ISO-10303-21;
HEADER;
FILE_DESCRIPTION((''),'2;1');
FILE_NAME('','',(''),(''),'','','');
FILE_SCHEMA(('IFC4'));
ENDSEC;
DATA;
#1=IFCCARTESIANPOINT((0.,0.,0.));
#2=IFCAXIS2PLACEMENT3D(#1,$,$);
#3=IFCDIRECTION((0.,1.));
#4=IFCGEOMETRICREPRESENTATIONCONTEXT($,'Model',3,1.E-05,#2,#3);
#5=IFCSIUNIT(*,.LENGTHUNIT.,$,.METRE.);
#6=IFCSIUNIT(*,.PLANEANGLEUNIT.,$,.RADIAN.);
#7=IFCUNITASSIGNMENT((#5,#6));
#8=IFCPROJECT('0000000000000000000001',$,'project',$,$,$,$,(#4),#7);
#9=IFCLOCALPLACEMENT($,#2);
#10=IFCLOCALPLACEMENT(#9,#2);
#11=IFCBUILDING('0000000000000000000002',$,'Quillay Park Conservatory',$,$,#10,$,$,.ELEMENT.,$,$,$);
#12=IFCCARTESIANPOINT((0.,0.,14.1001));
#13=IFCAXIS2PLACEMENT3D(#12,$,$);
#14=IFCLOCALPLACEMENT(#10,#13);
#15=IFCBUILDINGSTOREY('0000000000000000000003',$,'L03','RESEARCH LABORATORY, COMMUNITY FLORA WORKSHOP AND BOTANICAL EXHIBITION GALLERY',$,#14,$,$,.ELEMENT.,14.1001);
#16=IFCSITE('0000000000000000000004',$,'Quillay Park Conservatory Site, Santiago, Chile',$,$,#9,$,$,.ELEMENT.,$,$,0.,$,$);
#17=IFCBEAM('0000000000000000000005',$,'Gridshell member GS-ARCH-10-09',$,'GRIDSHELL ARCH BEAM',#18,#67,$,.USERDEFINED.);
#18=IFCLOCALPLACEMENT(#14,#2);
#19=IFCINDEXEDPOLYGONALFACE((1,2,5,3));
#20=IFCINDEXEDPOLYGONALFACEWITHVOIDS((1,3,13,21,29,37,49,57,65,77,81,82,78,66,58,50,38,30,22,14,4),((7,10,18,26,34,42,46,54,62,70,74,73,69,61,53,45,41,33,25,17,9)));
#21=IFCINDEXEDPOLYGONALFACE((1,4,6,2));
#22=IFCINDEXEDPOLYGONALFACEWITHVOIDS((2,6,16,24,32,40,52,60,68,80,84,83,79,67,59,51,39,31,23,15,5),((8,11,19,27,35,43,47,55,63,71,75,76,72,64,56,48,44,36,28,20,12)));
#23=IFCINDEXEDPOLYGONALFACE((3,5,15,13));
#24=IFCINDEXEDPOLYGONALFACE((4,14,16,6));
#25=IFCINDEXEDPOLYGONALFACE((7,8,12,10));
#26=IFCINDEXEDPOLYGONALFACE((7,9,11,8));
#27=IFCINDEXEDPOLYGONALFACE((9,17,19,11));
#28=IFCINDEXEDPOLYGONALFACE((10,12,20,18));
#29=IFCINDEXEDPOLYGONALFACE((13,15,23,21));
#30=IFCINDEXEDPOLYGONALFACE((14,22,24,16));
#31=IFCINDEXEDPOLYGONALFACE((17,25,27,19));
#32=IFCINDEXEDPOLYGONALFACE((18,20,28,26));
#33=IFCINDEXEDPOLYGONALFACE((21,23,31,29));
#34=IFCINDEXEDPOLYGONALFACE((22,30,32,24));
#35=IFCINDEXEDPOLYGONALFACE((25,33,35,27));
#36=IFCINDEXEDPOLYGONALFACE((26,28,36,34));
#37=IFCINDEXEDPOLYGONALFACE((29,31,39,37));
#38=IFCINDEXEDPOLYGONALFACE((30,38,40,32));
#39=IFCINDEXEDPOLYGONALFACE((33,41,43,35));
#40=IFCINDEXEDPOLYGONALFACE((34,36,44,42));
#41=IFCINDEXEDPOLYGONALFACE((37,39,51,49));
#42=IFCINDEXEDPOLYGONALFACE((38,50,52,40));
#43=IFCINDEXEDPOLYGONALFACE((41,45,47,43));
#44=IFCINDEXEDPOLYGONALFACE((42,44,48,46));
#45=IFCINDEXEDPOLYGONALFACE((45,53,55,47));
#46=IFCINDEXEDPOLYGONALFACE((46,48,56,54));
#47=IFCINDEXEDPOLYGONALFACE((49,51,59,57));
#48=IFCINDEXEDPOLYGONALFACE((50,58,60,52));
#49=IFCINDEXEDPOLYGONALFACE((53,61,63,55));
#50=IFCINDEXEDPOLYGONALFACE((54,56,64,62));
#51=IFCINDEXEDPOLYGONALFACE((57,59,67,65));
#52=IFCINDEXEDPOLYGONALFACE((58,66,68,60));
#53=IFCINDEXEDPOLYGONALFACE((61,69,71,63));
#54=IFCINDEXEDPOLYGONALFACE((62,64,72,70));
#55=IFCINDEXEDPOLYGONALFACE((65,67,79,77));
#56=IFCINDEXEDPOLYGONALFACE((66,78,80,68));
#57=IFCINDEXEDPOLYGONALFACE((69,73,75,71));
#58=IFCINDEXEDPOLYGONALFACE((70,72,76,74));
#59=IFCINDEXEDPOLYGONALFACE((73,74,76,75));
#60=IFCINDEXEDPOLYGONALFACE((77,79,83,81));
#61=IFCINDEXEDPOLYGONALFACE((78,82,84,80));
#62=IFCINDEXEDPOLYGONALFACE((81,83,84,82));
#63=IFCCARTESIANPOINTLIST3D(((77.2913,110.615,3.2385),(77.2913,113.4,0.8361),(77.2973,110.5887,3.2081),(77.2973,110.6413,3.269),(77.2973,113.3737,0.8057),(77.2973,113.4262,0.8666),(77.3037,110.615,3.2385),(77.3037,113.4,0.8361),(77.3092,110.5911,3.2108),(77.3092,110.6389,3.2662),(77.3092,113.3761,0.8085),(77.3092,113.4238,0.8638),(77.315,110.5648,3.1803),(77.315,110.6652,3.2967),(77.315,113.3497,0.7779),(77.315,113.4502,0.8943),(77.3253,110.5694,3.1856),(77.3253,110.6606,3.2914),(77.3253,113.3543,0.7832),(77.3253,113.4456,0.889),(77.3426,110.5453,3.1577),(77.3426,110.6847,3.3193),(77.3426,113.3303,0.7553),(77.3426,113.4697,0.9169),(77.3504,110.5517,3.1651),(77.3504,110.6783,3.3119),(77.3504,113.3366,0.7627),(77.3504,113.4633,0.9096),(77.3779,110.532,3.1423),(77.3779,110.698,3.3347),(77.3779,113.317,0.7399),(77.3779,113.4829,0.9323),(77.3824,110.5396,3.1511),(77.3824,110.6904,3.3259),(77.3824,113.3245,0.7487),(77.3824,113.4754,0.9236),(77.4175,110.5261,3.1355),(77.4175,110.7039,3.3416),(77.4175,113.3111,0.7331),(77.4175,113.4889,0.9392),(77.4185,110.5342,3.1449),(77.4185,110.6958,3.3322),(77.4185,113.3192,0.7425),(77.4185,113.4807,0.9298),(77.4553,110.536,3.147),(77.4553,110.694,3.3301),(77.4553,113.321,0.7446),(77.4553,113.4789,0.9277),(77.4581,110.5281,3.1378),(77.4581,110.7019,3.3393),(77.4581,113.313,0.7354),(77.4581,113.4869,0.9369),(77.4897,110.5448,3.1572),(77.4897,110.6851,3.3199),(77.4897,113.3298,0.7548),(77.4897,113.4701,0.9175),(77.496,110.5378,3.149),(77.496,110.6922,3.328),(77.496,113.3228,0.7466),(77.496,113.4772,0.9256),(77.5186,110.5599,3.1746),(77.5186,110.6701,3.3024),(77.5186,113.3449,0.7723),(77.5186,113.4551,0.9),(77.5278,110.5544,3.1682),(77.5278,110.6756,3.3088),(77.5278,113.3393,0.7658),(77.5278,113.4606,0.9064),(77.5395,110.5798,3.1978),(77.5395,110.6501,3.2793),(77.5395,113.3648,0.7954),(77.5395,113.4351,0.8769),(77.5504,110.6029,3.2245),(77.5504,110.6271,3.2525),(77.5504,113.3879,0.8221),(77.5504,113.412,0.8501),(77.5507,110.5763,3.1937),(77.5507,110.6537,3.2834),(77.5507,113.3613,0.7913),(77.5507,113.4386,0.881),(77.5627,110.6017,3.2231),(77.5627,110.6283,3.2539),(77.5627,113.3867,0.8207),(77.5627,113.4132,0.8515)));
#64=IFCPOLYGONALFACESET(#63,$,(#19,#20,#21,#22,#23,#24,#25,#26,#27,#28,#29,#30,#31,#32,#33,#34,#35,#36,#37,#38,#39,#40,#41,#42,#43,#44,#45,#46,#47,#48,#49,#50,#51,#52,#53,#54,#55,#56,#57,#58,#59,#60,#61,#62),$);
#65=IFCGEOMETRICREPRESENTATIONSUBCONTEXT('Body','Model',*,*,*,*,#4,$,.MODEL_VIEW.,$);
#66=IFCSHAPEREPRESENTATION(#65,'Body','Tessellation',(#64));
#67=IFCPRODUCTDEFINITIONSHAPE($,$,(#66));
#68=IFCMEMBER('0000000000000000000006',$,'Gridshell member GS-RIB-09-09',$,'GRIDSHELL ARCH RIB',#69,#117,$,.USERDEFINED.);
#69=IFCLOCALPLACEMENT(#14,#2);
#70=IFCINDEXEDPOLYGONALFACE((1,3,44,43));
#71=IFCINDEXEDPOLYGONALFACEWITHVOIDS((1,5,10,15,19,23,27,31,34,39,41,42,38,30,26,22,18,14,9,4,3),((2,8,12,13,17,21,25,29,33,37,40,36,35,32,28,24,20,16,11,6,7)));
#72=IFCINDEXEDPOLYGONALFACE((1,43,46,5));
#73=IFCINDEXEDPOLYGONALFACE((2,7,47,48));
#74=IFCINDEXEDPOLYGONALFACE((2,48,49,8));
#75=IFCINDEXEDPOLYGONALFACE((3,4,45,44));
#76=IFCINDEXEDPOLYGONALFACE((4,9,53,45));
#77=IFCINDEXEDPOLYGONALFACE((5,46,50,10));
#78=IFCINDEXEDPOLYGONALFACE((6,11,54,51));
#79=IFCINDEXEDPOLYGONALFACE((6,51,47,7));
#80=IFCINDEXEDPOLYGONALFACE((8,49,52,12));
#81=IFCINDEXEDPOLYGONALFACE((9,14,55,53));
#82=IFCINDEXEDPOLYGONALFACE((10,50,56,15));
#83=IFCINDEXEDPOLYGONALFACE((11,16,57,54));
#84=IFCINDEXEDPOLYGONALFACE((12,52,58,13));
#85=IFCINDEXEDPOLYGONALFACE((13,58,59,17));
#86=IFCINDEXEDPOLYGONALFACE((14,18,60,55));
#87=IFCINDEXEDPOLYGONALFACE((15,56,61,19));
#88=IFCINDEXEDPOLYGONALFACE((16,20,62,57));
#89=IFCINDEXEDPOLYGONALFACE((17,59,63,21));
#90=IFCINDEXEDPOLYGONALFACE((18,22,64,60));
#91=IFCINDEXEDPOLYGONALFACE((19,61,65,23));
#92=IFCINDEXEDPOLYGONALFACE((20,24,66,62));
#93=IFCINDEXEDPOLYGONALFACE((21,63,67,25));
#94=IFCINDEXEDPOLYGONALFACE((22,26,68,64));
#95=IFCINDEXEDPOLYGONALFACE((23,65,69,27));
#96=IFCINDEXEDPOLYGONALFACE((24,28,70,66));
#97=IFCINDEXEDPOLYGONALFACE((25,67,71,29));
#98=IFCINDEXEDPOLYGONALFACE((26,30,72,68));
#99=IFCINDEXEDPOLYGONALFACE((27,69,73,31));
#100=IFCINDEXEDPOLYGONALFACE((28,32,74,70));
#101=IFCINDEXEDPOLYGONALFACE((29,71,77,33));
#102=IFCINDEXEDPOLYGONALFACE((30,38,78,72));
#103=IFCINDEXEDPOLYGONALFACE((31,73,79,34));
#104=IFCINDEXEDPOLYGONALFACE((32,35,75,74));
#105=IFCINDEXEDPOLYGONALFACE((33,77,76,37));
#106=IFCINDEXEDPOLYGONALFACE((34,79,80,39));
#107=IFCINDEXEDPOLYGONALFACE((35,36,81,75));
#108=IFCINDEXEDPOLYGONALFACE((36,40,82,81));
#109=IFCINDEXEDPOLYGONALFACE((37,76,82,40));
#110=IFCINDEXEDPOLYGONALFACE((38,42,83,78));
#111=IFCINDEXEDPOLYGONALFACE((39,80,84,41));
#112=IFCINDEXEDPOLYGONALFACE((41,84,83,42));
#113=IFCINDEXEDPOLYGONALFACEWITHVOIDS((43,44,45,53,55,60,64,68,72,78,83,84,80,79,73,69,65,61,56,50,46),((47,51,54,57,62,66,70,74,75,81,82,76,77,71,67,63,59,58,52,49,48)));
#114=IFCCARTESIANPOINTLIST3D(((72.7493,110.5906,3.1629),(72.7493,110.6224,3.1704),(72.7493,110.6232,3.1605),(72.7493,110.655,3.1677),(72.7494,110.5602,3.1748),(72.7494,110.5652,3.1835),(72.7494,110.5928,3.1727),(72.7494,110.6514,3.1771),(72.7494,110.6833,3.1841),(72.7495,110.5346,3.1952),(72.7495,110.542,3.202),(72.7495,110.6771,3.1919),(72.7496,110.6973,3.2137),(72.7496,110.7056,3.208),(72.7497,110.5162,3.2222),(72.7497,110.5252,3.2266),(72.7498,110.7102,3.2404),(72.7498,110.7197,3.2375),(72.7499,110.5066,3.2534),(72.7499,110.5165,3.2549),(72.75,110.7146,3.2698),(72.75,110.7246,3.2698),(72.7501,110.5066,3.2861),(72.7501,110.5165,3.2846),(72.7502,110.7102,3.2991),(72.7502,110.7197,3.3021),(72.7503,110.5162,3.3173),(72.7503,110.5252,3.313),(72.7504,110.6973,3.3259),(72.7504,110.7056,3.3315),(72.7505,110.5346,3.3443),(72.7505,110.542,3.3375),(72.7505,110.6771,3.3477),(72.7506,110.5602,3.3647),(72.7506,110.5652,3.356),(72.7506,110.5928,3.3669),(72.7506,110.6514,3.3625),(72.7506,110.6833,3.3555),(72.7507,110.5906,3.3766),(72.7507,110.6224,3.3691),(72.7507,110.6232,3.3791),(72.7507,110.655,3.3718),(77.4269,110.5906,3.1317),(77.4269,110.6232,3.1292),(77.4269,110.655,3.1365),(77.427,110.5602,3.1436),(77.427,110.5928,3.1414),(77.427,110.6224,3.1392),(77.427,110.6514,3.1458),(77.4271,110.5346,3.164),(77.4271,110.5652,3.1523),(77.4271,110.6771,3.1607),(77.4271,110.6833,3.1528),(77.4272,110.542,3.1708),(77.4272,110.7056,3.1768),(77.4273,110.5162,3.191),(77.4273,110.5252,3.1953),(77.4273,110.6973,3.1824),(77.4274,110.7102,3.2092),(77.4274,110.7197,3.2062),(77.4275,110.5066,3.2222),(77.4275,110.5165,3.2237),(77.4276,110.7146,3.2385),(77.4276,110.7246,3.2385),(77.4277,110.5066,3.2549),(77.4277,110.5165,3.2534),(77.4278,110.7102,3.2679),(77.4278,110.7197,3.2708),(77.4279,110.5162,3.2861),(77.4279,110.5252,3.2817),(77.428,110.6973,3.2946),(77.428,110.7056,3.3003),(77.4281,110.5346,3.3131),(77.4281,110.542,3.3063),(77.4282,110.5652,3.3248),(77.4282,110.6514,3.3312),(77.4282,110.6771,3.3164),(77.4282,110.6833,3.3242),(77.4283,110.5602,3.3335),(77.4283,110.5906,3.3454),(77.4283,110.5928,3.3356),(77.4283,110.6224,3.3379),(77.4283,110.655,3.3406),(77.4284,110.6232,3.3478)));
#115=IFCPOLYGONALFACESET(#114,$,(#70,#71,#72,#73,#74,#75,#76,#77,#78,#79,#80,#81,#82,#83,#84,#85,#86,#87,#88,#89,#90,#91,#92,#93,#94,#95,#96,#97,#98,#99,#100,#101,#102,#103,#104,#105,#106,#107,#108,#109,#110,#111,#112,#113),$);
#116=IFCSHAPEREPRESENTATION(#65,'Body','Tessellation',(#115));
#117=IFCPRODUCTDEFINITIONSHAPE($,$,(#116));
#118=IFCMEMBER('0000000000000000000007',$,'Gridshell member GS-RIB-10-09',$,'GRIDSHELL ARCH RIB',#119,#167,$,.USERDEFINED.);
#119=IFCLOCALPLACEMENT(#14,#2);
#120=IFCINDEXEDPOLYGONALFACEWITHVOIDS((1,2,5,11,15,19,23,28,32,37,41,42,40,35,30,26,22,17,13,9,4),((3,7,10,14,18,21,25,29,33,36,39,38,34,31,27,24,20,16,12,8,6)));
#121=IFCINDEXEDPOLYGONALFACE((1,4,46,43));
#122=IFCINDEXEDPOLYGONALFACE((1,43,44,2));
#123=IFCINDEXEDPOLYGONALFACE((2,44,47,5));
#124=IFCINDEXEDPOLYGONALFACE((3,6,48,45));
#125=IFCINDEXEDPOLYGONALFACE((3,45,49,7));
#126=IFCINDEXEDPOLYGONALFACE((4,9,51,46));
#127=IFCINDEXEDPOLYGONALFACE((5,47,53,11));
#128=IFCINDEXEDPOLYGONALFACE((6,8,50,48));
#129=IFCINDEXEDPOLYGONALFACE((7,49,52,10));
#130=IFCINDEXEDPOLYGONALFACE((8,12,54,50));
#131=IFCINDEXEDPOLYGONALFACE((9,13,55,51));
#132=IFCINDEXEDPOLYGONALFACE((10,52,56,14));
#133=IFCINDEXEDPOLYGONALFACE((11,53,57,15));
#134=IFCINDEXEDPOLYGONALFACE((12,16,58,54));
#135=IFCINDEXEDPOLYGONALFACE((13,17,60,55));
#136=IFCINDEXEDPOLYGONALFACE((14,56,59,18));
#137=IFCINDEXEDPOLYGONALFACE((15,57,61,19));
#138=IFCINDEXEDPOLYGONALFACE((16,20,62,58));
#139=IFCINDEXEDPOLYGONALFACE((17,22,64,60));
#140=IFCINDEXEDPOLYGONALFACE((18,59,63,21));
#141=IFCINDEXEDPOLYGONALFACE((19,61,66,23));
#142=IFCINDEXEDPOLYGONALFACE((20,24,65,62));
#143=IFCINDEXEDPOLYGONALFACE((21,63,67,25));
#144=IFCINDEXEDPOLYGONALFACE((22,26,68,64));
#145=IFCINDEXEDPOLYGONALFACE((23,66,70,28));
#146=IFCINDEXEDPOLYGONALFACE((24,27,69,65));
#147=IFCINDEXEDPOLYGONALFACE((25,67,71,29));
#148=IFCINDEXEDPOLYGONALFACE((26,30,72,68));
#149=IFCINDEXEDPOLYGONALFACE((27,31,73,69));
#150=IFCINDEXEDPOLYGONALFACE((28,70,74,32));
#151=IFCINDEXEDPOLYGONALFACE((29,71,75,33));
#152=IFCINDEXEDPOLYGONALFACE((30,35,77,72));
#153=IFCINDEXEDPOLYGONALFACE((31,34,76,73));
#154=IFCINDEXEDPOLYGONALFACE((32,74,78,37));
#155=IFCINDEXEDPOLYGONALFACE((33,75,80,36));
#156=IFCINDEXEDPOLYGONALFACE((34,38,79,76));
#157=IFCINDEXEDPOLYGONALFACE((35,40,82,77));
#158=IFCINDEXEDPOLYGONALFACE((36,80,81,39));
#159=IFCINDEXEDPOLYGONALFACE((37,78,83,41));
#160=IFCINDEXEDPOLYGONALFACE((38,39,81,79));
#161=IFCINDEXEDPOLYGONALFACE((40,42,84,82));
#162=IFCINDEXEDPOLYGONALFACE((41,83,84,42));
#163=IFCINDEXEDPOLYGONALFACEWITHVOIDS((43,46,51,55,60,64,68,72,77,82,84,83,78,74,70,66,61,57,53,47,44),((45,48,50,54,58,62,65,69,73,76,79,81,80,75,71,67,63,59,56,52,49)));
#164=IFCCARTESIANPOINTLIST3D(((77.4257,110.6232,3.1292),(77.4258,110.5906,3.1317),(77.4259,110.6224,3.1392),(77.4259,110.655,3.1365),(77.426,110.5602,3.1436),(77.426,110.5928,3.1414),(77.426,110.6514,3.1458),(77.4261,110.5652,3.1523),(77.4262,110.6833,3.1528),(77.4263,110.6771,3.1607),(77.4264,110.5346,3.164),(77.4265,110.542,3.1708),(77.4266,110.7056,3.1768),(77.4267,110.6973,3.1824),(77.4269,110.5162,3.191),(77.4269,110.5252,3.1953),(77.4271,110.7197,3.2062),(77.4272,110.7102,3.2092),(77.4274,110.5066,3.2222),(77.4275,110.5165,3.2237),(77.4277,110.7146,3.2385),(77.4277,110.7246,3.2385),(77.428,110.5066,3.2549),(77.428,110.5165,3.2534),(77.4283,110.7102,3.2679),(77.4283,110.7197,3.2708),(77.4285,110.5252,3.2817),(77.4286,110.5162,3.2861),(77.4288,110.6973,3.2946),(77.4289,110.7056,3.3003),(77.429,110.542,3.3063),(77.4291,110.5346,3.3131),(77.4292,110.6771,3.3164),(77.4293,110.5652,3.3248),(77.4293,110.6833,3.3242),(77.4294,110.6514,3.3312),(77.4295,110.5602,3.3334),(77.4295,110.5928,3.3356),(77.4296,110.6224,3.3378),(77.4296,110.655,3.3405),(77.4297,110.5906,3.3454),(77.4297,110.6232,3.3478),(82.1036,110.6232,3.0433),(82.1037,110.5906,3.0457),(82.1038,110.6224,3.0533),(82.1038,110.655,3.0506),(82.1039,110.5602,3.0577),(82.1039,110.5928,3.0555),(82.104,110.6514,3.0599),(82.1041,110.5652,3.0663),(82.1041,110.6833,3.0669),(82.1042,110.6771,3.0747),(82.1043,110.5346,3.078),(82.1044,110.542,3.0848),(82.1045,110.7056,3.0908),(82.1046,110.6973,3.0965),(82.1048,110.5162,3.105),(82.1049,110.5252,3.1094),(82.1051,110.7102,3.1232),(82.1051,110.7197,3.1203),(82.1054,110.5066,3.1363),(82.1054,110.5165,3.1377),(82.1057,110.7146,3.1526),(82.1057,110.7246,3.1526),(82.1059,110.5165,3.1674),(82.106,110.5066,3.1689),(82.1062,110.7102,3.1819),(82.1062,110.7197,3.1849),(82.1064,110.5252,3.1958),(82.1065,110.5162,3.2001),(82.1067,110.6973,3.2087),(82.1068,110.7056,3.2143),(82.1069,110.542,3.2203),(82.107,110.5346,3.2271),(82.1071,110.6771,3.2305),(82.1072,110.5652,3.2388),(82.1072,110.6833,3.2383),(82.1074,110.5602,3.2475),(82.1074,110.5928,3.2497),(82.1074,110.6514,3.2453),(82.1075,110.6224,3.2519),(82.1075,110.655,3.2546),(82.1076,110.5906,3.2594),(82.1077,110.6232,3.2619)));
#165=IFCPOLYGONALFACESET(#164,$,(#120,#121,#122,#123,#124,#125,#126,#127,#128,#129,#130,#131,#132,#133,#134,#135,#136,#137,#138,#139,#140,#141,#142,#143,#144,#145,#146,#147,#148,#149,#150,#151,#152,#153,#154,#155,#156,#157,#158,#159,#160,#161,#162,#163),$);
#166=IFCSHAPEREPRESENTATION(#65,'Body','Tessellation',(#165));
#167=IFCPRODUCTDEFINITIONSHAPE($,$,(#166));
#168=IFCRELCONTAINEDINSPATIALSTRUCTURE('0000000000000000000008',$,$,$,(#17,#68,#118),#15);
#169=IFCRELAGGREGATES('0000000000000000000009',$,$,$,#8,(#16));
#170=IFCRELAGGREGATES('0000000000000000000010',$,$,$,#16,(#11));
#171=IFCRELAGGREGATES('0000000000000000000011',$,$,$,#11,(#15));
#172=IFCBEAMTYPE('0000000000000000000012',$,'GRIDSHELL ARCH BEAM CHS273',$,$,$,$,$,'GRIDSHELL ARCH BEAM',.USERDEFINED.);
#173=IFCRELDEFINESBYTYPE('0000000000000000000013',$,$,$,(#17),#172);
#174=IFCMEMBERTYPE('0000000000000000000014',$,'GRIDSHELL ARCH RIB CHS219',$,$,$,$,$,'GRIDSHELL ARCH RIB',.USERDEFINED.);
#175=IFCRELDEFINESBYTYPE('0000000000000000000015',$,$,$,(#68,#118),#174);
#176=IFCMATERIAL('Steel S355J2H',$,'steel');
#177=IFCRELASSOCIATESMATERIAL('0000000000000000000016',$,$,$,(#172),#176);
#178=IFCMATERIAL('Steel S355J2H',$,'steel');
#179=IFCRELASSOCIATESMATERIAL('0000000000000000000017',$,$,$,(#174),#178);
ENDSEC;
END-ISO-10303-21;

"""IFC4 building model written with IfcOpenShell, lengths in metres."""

from ifc_helpers import new_model, si_unit, direction, frame, origin, origin_2d, place, context, subcontext, project, spatial, hollow_circle, extrude, material, material_profile, profile_set, type_object, element, save


model = new_model("IFC4")

# Units and contexts
model_context = context("Model", 3, precision=1e-05, world=origin(), true_north=direction((0.0, 1.0)))
body_context = subcontext(model_context, "Body", "Model", "MODEL_VIEW")
ifc_project = project(units=[si_unit("LENGTHUNIT", "METRE"), si_unit("PLANEANGLEUNIT", "RADIAN")], contexts=[model_context])

# Site, building, storey
site_placement = place(None, origin())
site = spatial("IfcSite", under=ifc_project, at=site_placement, Name="Quillay Park Conservatory Site, Santiago, Chile", CompositionType="ELEMENT", RefElevation=0.0)
building_placement = place(site_placement, origin())
building = spatial("IfcBuilding", under=site, at=building_placement, Name="Quillay Park Conservatory", CompositionType="ELEMENT")
storey_placement = place(building_placement, frame((0.0, 0.0, 14.1001)))
storey = spatial("IfcBuildingStorey", under=building, at=storey_placement, Name="L03", Description="RESEARCH LABORATORY, COMMUNITY FLORA WORKSHOP AND BOTANICAL EXHIBITION GALLERY", CompositionType="ELEMENT", Elevation=14.1001)

# Beam
ifc_material_1 = material(Name="Steel S355J2H", Category="steel")
ifc_material_profile_1 = material_profile(ifc_material_1, hollow_circle(Radius=0.1365, WallThickness=0.0125, at=origin_2d()), Name="CHS273x12.5")
ifc_profile_set_1 = profile_set([ifc_material_profile_1], Name="Steel S355J2H")
beam_type = type_object("IfcBeamType", Name="GRIDSHELL ARCH BEAM CHS273", ElementType="GRIDSHELL ARCH BEAM", PredefinedType="USERDEFINED", material=ifc_profile_set_1)
beam_1_placement = place(storey_placement, frame((77.4277, 110.615, 3.2385), z_axis=(0.0, 0.757201, -0.653183), x_axis=(-1.0, 0.0, 0.0)))
element("IfcBeam", 1, at=beam_1_placement, inside=storey, type_object=beam_type, Name="Gridshell member GS-ARCH-10-09", ObjectType="GRIDSHELL ARCH BEAM", PredefinedType="USERDEFINED", context=body_context, shape_type="SweptSolid", body=[
    extrude(hollow_circle(Radius=0.1365, WallThickness=0.0125, at=origin_2d()), origin(), (0.0, 0.0, 1.0), 3.678),
])

# Members
ifc_material_2 = material(Name="Steel S355J2H", Category="steel")
ifc_material_profile_2 = material_profile(ifc_material_2, hollow_circle(Radius=0.1096, WallThickness=0.01, at=origin_2d()), Name="CHS219.1x10")
ifc_profile_set_2 = profile_set([ifc_material_profile_2], Name="Steel S355J2H")
member_type = type_object("IfcMemberType", Name="GRIDSHELL ARCH RIB CHS219", ElementType="GRIDSHELL ARCH RIB", PredefinedType="USERDEFINED", material=ifc_profile_set_2)
member_1_placement = place(storey_placement, frame((72.75, 110.615, 3.2698), z_axis=(0.999978, 0.0, -0.00668), x_axis=(0.0, 1.0, 0.0)))
element("IfcMember", 2, at=member_1_placement, inside=storey, type_object=member_type, Name="Gridshell member GS-RIB-09-09", ObjectType="GRIDSHELL ARCH RIB", PredefinedType="USERDEFINED", context=body_context, shape_type="SweptSolid", body=[
    extrude(hollow_circle(Radius=0.1096, WallThickness=0.01, at=origin_2d()), origin(), (0.0, 0.0, 1.0), 4.6777),
])
member_2_placement = place(storey_placement, frame((77.4277, 110.615, 3.2385), z_axis=(0.999831, 0.0, -0.018368), x_axis=(0.0, 1.0, 0.0)))
element("IfcMember", 3, at=member_2_placement, inside=storey, type_object=member_type, Name="Gridshell member GS-RIB-10-09", ObjectType="GRIDSHELL ARCH RIB", PredefinedType="USERDEFINED", context=body_context, shape_type="SweptSolid", body=[
    extrude(hollow_circle(Radius=0.1096, WallThickness=0.01, at=origin_2d()), origin(), (0.0, 0.0, 1.0), 4.6787),
])

save(model, "model.ifc")
